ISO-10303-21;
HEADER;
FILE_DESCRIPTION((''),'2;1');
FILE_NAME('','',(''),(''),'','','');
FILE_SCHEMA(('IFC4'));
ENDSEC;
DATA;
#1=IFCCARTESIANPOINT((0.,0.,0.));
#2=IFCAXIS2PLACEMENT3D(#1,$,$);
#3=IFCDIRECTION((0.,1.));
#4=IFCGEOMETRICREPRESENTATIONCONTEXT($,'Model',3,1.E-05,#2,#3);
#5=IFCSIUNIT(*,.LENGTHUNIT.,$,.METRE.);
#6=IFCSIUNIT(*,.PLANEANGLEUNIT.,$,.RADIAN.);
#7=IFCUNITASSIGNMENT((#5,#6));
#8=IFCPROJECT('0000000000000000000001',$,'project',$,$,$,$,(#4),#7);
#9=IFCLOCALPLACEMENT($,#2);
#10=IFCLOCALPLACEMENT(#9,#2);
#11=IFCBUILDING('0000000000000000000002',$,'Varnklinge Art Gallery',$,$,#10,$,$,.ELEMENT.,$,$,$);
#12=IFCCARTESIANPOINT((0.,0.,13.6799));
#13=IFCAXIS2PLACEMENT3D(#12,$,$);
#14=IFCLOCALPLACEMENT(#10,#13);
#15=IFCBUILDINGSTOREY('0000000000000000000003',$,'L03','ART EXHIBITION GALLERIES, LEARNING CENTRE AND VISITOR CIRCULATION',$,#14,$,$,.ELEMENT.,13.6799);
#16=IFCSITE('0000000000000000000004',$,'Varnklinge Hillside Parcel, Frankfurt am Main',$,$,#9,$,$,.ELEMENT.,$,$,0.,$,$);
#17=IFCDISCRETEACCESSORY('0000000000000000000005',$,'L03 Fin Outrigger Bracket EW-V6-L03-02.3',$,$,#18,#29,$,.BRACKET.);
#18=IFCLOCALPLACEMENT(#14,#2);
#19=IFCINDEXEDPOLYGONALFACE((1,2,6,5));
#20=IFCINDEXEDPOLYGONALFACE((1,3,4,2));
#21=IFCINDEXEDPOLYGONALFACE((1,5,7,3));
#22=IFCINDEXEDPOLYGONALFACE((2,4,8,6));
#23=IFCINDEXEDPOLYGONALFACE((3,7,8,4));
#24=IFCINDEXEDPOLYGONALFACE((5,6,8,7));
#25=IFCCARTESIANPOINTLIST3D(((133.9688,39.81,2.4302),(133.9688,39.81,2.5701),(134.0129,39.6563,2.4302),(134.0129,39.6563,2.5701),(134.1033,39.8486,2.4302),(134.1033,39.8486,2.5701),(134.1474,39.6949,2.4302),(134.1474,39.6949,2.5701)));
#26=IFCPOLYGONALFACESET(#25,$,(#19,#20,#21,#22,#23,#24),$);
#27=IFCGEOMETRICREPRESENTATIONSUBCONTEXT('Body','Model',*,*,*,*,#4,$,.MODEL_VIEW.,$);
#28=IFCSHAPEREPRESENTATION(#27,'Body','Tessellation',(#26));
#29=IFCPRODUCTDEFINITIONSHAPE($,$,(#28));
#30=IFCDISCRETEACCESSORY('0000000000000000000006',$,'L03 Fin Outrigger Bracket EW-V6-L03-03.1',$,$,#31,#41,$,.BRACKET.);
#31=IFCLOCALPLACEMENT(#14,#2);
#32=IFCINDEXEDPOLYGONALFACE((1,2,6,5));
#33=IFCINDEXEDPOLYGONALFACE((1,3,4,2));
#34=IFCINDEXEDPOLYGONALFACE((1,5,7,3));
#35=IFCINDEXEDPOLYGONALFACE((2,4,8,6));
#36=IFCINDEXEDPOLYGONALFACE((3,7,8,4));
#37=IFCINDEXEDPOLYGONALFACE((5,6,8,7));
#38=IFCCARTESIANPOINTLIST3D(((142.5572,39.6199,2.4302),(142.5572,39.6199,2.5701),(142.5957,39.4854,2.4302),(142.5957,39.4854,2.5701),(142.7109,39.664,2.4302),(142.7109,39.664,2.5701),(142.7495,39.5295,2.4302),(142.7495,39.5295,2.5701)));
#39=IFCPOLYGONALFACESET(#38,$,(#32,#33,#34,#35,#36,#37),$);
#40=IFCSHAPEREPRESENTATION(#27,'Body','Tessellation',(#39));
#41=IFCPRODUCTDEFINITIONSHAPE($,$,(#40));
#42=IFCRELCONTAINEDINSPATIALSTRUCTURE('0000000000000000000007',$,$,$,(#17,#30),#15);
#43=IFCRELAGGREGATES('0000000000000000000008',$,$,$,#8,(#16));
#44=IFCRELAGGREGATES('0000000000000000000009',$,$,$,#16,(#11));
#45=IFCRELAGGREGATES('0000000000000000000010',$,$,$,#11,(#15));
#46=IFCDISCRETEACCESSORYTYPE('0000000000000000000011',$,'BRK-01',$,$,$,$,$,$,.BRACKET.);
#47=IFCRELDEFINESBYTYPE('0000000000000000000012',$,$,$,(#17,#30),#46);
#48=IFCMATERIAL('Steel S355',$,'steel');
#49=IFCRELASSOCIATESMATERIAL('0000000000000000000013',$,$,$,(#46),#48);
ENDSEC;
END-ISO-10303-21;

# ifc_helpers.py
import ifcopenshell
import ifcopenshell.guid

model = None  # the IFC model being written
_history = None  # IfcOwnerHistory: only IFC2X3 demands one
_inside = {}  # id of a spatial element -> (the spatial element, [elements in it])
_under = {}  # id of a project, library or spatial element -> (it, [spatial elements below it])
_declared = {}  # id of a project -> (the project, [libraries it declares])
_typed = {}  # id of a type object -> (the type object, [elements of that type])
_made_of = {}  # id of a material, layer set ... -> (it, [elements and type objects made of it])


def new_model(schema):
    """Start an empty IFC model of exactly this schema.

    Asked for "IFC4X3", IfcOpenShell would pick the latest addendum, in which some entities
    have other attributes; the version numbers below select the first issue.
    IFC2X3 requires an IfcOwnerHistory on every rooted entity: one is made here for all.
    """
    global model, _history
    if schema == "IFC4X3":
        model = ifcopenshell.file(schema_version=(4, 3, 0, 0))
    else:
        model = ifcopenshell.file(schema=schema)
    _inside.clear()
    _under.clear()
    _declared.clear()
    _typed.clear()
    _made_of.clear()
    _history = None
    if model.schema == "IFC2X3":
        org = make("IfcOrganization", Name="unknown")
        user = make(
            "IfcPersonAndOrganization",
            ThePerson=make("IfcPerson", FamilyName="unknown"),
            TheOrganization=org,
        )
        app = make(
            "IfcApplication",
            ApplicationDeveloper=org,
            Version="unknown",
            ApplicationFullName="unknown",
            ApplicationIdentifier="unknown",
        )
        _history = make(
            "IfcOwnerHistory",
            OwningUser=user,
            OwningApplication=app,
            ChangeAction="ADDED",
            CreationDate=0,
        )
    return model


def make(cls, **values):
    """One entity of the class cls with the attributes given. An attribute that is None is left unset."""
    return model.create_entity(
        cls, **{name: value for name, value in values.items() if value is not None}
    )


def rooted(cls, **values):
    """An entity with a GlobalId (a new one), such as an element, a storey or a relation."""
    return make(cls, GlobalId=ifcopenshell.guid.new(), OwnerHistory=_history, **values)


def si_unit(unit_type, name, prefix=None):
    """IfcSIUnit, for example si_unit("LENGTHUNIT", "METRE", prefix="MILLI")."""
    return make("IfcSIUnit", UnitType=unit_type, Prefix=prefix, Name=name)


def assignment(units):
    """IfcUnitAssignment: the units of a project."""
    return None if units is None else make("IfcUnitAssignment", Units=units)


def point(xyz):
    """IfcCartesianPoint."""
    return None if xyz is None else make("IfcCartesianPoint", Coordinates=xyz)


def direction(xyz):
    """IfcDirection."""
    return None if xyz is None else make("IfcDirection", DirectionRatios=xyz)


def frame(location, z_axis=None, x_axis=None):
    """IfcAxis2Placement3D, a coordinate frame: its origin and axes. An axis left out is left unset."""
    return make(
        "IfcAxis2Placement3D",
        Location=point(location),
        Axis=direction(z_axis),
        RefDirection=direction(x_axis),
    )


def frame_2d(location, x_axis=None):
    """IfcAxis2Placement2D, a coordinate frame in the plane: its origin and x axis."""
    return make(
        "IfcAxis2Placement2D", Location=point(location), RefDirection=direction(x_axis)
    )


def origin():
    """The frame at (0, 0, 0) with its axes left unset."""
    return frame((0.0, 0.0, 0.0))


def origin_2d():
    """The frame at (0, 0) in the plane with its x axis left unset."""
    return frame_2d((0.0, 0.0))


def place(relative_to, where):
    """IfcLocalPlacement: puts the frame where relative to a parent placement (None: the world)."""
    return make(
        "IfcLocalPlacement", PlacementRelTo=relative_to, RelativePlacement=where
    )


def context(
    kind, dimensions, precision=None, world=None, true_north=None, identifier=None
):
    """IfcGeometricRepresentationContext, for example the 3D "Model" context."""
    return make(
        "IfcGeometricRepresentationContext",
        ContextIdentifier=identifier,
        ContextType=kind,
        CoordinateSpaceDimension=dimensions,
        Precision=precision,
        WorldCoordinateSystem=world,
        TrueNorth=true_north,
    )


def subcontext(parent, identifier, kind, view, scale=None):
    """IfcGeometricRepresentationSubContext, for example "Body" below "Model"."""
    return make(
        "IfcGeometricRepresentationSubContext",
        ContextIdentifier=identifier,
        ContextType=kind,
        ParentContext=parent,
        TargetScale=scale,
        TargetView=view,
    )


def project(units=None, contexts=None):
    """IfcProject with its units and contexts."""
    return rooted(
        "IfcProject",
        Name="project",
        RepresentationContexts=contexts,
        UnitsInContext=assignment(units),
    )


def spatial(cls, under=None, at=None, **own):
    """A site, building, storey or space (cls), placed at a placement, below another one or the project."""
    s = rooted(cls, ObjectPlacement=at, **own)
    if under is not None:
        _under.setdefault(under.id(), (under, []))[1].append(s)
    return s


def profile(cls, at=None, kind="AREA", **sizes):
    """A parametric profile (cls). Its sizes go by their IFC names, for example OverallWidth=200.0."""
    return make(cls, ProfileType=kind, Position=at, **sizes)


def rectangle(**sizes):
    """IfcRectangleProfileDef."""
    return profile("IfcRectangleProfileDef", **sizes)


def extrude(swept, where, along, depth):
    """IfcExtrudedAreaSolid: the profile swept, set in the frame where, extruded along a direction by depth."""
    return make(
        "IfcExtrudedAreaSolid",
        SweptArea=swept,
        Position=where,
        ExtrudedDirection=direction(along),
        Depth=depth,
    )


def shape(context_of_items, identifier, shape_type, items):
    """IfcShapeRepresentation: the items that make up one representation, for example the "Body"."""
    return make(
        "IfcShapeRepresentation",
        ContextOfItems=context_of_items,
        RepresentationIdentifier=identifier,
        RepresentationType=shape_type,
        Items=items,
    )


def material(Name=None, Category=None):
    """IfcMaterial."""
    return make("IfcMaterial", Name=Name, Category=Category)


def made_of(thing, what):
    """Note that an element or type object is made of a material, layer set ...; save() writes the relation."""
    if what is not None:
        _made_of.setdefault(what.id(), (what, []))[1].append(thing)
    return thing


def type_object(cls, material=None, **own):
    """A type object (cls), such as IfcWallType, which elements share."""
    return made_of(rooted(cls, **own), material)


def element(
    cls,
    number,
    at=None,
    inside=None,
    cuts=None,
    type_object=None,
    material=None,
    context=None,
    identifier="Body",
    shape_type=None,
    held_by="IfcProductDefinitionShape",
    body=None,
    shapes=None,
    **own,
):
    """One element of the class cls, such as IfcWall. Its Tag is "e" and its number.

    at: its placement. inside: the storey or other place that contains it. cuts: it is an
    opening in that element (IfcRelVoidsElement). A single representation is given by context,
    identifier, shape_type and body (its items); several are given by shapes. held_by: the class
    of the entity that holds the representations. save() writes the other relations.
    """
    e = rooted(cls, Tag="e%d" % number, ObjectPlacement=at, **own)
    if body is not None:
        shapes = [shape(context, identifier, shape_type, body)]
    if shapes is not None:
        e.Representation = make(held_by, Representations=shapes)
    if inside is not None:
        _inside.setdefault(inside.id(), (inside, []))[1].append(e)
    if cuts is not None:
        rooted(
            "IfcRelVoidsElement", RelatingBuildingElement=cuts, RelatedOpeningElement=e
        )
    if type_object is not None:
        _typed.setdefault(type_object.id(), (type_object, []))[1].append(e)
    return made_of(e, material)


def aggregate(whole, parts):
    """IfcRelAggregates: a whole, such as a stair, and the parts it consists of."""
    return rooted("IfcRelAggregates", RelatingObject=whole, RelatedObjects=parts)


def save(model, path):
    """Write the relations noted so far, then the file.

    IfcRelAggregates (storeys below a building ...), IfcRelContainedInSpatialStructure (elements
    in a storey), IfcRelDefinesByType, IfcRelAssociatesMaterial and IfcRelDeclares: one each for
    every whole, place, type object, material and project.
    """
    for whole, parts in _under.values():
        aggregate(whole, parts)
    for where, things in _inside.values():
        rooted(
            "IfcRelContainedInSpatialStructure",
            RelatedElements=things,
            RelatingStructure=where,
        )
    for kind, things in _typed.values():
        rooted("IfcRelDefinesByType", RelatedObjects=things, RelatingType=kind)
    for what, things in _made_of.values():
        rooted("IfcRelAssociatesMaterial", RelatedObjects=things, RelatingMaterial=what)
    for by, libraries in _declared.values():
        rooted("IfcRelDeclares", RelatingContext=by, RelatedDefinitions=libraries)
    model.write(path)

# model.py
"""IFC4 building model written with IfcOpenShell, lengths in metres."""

from ifc_helpers import new_model, si_unit, direction, frame, origin, origin_2d, place, context, subcontext, project, spatial, rectangle, extrude, material, type_object, element, save


model = new_model("IFC4")

# Units and contexts
model_context = context("Model", 3, precision=1e-05, world=origin(), true_north=direction((0.0, 1.0)))
body_context = subcontext(model_context, "Body", "Model", "MODEL_VIEW")
ifc_project = project(units=[si_unit("LENGTHUNIT", "METRE"), si_unit("PLANEANGLEUNIT", "RADIAN")], contexts=[model_context])

# Site, building, storey
site_placement = place(None, origin())
site = spatial("IfcSite", under=ifc_project, at=site_placement, Name="Varnklinge Hillside Parcel, Frankfurt am Main", CompositionType="ELEMENT", RefElevation=0.0)
building_placement = place(site_placement, origin())
building = spatial("IfcBuilding", under=site, at=building_placement, Name="Varnklinge Art Gallery", CompositionType="ELEMENT")
storey_placement = place(building_placement, frame((0.0, 0.0, 13.6799)))
storey = spatial("IfcBuildingStorey", under=building, at=storey_placement, Name="L03", Description="ART EXHIBITION GALLERIES, LEARNING CENTRE AND VISITOR CIRCULATION", CompositionType="ELEMENT", Elevation=13.6799)

# Discrete accessories
ifc_material_1 = material(Name="Steel S355", Category="steel")
discrete_accessory_type = type_object("IfcDiscreteAccessoryType", Name="BRK-01", PredefinedType="BRACKET", material=ifc_material_1)
for number, where, z_axis, x_axis, name in (
    (1, (134.0581, 39.7524, 2.4302), (0.0, 0.0, 1.0), (0.961262, 0.275637, 0.0), "L03 Fin Outrigger Bracket EW-V6-L03-02.3"),
    (2, (142.6533, 39.5747, 2.4302), (0.0, 0.0, 1.0), (0.275637, -0.961262, 0.0), "L03 Fin Outrigger Bracket EW-V6-L03-03.1"),
):
    element("IfcDiscreteAccessory", number, at=place(storey_placement, frame(where, z_axis=z_axis, x_axis=x_axis)), inside=storey, type_object=discrete_accessory_type, Name=name, PredefinedType="BRACKET", context=body_context, shape_type="SweptSolid", body=[
        extrude(rectangle(XDim=0.1399, YDim=0.1599, at=origin_2d()), origin(), (0.0, 0.0, 1.0), 0.1399),
    ])

save(model, "model.ifc")
